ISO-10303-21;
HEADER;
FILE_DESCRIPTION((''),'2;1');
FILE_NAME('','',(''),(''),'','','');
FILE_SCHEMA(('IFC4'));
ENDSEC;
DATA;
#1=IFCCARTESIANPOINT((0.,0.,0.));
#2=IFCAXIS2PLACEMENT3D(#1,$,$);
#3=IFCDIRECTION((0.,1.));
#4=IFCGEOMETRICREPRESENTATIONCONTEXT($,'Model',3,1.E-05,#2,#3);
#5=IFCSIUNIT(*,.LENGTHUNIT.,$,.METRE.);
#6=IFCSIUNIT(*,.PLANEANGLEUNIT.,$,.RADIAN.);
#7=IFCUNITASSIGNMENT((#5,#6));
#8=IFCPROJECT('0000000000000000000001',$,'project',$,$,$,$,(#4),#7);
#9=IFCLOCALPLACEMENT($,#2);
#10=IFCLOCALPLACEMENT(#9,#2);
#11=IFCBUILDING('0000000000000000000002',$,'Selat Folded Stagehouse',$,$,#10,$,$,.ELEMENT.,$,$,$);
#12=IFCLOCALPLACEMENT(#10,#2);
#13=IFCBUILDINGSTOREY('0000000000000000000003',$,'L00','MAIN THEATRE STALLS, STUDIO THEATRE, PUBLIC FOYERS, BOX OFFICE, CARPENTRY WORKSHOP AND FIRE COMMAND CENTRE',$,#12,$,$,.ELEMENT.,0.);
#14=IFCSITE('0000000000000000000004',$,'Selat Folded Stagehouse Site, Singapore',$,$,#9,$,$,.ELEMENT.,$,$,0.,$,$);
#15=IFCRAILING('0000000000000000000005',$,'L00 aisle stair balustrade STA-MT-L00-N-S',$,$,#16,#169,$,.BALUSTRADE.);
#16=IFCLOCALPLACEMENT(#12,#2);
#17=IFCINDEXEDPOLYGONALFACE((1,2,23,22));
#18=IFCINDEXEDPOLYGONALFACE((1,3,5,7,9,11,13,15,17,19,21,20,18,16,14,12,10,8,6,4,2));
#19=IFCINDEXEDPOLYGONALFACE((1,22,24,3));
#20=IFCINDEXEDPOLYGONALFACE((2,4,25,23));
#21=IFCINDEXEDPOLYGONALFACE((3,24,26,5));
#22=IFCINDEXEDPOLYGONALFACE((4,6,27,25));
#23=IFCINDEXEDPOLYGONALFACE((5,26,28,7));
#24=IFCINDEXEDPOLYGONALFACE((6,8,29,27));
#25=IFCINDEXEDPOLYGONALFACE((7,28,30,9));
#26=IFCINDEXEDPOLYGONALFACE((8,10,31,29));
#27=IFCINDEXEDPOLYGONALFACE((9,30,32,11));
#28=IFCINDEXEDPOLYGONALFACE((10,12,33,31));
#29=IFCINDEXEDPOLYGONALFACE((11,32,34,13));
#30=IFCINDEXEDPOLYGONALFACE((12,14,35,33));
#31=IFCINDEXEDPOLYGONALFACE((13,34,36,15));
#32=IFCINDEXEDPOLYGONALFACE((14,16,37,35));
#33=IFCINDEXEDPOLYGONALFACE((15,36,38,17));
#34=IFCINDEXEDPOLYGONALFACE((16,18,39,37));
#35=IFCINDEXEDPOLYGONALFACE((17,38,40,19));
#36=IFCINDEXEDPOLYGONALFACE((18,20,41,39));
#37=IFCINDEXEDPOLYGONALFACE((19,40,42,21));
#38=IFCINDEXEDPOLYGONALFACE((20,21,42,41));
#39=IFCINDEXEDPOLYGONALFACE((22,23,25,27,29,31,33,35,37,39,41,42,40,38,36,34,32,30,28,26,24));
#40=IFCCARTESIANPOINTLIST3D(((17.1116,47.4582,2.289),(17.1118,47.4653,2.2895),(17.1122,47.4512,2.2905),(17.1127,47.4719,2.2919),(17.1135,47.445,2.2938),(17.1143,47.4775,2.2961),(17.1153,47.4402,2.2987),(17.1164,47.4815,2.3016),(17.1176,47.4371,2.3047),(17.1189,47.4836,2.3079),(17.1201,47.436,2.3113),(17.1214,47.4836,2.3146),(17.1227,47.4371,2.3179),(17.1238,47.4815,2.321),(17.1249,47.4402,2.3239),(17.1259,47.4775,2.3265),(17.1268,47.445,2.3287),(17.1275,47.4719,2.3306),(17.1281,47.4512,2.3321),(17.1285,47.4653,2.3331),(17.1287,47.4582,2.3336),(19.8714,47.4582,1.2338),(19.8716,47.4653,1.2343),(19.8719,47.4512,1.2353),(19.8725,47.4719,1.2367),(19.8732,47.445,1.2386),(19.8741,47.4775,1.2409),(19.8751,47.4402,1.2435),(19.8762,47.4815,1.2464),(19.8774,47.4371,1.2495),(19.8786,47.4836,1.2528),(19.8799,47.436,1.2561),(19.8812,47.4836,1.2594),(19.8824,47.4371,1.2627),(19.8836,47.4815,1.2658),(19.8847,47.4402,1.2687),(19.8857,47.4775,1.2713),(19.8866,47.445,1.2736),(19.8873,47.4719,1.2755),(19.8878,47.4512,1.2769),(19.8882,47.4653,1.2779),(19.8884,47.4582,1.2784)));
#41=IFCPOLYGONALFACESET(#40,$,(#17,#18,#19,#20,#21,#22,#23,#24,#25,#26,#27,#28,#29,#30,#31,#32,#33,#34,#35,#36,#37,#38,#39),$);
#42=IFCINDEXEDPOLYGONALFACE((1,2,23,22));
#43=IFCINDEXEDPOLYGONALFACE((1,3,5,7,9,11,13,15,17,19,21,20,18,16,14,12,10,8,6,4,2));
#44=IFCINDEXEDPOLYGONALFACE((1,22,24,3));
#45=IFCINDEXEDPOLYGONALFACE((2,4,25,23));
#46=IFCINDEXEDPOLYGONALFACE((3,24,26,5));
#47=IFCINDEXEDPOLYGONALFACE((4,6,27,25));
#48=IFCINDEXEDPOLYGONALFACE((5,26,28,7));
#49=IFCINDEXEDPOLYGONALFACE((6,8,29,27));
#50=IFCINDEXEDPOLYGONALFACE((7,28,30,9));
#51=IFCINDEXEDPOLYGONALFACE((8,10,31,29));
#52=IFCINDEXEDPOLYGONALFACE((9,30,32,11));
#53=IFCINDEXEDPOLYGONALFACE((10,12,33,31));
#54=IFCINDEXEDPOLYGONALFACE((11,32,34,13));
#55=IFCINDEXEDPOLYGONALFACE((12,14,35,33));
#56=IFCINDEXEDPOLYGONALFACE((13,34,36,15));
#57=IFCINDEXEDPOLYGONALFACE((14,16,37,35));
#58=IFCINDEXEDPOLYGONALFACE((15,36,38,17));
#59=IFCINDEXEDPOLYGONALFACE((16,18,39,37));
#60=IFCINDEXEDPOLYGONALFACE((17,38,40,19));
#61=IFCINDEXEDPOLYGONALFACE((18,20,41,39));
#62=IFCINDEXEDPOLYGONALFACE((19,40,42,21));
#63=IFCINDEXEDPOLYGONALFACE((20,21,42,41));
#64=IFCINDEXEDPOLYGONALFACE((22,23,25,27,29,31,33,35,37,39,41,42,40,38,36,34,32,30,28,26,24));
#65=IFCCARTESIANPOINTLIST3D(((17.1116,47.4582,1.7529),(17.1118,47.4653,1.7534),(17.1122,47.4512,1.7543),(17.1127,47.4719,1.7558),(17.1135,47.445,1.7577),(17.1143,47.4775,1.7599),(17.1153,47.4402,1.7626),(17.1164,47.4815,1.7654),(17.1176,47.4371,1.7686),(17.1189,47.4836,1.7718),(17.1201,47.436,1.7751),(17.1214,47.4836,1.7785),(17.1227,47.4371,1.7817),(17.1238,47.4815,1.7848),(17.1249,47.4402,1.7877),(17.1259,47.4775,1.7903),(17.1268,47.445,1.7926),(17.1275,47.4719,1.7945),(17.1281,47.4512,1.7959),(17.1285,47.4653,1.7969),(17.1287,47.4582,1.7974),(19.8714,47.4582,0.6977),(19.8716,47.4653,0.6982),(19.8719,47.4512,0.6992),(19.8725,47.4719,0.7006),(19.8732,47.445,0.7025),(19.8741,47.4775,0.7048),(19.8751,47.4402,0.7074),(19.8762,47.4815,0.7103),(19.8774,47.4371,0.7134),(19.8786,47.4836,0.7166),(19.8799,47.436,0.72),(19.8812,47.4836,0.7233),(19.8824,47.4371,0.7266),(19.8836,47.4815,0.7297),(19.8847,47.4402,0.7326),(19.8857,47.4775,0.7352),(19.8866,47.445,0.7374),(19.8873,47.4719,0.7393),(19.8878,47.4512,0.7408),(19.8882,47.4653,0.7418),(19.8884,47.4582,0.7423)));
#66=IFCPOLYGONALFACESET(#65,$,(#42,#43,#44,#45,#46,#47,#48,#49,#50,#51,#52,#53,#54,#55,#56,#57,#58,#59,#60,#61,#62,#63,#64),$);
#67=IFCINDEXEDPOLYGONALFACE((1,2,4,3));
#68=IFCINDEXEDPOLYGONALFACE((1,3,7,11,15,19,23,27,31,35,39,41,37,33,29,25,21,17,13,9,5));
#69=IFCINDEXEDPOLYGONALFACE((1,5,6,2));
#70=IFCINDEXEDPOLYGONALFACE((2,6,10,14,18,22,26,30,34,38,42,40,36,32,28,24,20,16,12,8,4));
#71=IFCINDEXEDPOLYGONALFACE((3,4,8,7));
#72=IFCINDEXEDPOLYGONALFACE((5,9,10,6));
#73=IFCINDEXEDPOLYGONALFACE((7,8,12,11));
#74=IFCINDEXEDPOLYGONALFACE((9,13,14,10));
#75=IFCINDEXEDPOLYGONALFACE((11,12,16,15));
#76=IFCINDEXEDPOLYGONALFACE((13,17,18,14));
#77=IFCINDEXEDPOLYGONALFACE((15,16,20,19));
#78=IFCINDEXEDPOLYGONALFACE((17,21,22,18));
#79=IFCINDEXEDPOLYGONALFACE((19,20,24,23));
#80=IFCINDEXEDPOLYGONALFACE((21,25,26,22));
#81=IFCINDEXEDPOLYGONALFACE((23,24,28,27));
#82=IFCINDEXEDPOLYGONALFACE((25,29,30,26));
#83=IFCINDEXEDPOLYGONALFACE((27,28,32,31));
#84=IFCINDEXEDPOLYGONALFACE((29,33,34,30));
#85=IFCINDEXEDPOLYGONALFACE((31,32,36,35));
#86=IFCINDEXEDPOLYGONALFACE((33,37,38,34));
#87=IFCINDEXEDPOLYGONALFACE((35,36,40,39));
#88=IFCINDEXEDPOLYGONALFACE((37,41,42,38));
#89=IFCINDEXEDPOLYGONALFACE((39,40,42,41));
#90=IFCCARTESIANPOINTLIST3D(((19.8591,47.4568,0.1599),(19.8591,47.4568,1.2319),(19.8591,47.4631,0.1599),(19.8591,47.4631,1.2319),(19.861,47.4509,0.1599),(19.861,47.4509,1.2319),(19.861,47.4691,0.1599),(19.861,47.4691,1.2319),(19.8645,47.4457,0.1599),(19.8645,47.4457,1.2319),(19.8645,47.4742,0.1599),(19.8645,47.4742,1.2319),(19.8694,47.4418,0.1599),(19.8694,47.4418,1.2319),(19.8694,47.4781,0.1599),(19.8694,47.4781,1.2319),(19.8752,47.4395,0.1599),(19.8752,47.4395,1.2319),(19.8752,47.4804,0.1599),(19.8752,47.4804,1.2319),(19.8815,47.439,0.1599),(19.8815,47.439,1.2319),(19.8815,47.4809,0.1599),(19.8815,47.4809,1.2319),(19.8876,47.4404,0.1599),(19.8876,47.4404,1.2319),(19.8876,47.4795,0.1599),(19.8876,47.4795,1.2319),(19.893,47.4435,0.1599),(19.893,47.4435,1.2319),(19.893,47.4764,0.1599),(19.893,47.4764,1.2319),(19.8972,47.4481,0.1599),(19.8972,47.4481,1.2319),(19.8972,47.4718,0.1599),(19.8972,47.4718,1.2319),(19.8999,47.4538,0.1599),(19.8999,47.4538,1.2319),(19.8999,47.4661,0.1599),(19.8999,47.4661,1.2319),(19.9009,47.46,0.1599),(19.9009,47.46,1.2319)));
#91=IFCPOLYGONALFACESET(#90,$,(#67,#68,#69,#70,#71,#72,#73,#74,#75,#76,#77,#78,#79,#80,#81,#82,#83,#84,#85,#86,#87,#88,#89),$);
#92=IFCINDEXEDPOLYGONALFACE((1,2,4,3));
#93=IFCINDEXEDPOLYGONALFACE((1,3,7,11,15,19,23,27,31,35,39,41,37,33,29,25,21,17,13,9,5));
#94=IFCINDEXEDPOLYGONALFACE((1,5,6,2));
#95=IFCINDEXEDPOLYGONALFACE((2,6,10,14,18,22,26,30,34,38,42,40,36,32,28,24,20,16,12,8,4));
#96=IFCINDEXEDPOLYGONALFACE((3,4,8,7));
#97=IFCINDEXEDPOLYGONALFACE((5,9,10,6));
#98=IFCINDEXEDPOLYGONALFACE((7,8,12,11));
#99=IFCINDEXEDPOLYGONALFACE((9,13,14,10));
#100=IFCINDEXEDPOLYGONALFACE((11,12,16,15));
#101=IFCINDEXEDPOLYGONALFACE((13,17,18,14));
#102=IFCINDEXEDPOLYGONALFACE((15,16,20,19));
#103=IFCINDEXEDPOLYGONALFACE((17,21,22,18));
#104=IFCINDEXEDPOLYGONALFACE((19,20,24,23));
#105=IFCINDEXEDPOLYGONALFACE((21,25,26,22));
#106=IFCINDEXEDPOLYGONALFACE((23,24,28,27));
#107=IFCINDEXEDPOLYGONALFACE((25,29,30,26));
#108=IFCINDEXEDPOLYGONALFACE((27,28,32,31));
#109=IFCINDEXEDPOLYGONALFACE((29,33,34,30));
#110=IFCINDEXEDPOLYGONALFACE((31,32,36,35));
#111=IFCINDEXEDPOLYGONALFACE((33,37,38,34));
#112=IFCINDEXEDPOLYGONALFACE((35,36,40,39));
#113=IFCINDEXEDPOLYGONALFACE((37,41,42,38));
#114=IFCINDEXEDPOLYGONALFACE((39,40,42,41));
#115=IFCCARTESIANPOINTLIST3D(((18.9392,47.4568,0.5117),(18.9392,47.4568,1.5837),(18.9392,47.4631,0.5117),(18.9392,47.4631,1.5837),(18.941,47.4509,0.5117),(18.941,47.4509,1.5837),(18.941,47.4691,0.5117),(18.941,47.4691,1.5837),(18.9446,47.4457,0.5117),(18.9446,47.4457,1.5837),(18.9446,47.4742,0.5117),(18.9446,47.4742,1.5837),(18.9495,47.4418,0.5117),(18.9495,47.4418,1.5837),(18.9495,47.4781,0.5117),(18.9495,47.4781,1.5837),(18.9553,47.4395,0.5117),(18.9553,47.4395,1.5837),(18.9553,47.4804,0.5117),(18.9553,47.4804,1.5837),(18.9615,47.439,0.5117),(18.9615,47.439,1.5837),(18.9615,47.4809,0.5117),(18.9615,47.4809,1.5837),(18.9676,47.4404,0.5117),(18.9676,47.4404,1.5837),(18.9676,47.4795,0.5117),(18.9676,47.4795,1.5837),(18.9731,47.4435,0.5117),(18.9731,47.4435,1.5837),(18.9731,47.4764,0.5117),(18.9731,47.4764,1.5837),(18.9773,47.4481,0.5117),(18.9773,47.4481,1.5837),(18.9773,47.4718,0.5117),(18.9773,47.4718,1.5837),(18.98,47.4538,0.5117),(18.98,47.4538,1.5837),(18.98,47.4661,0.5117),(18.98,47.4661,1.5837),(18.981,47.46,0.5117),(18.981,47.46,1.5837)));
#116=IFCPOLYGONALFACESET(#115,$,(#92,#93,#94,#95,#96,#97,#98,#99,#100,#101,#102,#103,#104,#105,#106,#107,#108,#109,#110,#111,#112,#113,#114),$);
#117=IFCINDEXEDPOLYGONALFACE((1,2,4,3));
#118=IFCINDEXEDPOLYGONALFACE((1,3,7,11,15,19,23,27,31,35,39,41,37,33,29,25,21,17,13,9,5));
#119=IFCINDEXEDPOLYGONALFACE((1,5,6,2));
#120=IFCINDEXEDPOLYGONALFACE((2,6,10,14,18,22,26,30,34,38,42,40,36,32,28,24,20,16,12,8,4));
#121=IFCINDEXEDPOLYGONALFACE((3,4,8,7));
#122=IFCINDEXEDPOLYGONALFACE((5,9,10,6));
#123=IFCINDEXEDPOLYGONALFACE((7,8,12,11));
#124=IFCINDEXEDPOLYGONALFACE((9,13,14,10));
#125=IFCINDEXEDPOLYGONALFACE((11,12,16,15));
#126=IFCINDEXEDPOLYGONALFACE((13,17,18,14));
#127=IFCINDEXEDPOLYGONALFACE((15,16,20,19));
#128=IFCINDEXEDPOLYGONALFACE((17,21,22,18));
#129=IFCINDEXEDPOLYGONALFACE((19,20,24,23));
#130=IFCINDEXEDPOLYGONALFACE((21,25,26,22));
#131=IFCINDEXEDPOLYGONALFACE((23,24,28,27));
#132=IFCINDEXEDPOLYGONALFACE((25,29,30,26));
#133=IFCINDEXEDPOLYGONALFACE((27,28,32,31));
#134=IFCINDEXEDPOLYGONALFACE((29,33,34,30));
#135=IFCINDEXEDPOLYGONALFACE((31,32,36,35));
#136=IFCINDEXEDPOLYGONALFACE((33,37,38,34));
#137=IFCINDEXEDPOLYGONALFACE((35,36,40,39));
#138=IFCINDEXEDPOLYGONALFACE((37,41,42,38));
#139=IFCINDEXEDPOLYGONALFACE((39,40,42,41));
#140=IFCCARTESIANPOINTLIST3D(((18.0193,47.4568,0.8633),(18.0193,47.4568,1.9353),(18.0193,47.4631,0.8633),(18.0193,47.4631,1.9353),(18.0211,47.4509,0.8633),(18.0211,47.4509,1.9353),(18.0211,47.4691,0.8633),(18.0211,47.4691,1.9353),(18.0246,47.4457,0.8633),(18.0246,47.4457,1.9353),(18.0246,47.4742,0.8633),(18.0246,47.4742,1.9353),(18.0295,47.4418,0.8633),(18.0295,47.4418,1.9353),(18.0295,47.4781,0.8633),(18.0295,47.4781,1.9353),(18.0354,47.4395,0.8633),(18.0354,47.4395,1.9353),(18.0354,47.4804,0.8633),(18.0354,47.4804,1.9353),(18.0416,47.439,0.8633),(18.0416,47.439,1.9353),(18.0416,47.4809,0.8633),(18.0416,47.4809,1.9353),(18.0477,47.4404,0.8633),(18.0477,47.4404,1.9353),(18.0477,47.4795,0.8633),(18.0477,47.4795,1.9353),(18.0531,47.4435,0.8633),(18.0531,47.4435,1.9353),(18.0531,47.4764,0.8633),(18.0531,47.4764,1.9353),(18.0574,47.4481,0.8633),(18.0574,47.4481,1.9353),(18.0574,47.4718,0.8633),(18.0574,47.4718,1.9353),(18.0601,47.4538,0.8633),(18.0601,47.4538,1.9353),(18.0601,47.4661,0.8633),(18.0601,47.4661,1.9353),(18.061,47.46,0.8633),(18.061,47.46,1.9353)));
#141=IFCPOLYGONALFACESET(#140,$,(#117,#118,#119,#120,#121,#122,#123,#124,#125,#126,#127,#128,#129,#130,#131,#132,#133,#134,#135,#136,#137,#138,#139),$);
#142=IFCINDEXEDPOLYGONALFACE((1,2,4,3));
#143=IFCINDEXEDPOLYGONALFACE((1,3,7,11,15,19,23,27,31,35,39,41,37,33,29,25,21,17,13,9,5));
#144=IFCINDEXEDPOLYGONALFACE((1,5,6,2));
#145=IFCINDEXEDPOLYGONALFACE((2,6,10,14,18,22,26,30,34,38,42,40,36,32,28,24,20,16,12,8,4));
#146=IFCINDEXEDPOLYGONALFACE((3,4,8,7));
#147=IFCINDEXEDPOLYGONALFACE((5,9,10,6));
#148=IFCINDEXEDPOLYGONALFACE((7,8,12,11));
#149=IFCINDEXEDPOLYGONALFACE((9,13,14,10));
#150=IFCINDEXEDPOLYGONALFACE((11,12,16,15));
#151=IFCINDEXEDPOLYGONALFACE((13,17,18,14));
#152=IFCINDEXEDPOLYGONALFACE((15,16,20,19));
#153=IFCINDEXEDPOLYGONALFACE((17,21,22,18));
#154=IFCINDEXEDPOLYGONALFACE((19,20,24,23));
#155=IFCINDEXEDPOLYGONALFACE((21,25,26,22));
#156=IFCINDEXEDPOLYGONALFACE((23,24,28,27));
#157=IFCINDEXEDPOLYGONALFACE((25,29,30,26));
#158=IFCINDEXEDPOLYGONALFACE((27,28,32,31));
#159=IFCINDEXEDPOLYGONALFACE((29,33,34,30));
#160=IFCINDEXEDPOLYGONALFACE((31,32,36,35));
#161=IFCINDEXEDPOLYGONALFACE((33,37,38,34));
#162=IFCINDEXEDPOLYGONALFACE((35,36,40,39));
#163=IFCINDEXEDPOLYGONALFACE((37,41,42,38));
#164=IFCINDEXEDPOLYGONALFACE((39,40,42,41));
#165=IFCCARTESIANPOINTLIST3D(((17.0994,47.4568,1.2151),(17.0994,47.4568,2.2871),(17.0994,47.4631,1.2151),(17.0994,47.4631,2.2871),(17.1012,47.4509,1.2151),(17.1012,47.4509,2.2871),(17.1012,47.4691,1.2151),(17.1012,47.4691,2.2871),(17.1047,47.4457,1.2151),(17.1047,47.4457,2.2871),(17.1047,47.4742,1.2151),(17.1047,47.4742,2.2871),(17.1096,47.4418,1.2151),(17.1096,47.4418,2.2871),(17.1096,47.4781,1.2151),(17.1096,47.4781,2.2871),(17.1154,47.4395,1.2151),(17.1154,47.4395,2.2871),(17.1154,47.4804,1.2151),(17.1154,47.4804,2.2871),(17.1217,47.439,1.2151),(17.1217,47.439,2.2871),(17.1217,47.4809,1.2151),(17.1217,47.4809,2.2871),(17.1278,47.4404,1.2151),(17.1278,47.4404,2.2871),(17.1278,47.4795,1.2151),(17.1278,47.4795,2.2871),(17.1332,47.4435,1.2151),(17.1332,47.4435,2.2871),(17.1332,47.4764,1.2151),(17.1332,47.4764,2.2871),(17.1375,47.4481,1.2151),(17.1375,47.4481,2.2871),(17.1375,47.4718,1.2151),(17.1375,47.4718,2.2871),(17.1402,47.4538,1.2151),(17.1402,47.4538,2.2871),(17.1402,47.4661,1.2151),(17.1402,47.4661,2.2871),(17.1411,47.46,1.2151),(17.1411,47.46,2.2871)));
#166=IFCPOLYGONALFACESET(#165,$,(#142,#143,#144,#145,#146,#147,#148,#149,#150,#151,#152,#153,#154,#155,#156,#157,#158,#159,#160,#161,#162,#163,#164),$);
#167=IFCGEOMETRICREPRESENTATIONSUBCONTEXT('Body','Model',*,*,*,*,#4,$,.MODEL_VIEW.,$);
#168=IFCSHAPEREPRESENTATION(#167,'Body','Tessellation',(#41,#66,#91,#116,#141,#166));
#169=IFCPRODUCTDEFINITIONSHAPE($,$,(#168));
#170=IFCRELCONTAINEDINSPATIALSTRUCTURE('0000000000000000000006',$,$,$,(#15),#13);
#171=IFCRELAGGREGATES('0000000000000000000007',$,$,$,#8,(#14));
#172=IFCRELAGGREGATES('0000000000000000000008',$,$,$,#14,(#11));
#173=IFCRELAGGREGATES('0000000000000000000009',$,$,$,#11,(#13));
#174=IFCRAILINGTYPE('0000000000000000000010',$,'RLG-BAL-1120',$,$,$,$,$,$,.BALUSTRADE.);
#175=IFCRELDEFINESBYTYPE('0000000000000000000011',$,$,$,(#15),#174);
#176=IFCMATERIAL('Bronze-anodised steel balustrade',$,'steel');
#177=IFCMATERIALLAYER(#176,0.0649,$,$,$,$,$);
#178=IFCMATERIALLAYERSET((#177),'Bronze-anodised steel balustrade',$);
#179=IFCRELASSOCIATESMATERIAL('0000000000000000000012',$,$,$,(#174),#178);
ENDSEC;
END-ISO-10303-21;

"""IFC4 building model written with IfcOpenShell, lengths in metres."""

from ifc_helpers import new_model, si_unit, direction, frame, origin, origin_2d, place, context, subcontext, project, spatial, circle, extrude, material, layer, layer_set, type_object, element, save


model = new_model("IFC4")

# Units and contexts
model_context = context("Model", 3, precision=1e-05, world=origin(), true_north=direction((0.0, 1.0)))
body_context = subcontext(model_context, "Body", "Model", "MODEL_VIEW")
ifc_project = project(units=[si_unit("LENGTHUNIT", "METRE"), si_unit("PLANEANGLEUNIT", "RADIAN")], contexts=[model_context])

# Site, building, storey
site_placement = place(None, origin())
site = spatial("IfcSite", under=ifc_project, at=site_placement, Name="Selat Folded Stagehouse Site, Singapore", CompositionType="ELEMENT", RefElevation=0.0)
building_placement = place(site_placement, origin())
building = spatial("IfcBuilding", under=site, at=building_placement, Name="Selat Folded Stagehouse", CompositionType="ELEMENT")
storey_placement = place(building_placement, origin())
storey = spatial("IfcBuildingStorey", under=building, at=storey_placement, Name="L00", Description="MAIN THEATRE STALLS, STUDIO THEATRE, PUBLIC FOYERS, BOX OFFICE, CARPENTRY WORKSHOP AND FIRE COMMAND CENTRE", CompositionType="ELEMENT", Elevation=0.0)

# Railing
ifc_material_1 = material(Name="Bronze-anodised steel balustrade", Category="steel")
ifc_layer_1 = layer(ifc_material_1, 0.0649)
ifc_layer_set_1 = layer_set([ifc_layer_1], Name="Bronze-anodised steel balustrade")
railing_type = type_object("IfcRailingType", Name="RLG-BAL-1120", PredefinedType="BALUSTRADE", material=ifc_layer_set_1)
for number, where, name in (
    (1, (19.8799, 47.46, 0.1599), "L00 aisle stair balustrade STA-MT-L00-N-S"),
):
    element("IfcRailing", number, at=place(storey_placement, frame(where)), inside=storey, type_object=railing_type, Name=name, PredefinedType="BALUSTRADE", context=body_context, shape_type="SweptSolid", body=[
        extrude(circle(Radius=0.0239, at=origin_2d()), frame((0.0, 0.0, 1.0962), z_axis=(-0.934055, 0.0, 0.357129), x_axis=(0.0, -1.0, 0.0)), (0.0, 0.0, 1.0), 2.9546),
        extrude(circle(Radius=0.0239, at=origin_2d()), frame((0.0, 0.0, 0.5601), z_axis=(-0.934055, 0.0, 0.357129), x_axis=(0.0, -1.0, 0.0)), (0.0, 0.0, 1.0), 2.9546),
        extrude(circle(Radius=0.021, at=origin_2d()), origin(), (0.0, 0.0, 1.0), 1.072),
        extrude(circle(Radius=0.021, at=origin_2d()), frame((-0.9199, 0.0, 0.3518)), (0.0, 0.0, 1.0), 1.072),
        extrude(circle(Radius=0.021, at=origin_2d()), frame((-1.8398, 0.0, 0.7034)), (0.0, 0.0, 1.0), 1.072),
        extrude(circle(Radius=0.021, at=origin_2d()), frame((-2.7598, 0.0, 1.0552)), (0.0, 0.0, 1.0), 1.072),
    ])

save(model, "model.ifc")
